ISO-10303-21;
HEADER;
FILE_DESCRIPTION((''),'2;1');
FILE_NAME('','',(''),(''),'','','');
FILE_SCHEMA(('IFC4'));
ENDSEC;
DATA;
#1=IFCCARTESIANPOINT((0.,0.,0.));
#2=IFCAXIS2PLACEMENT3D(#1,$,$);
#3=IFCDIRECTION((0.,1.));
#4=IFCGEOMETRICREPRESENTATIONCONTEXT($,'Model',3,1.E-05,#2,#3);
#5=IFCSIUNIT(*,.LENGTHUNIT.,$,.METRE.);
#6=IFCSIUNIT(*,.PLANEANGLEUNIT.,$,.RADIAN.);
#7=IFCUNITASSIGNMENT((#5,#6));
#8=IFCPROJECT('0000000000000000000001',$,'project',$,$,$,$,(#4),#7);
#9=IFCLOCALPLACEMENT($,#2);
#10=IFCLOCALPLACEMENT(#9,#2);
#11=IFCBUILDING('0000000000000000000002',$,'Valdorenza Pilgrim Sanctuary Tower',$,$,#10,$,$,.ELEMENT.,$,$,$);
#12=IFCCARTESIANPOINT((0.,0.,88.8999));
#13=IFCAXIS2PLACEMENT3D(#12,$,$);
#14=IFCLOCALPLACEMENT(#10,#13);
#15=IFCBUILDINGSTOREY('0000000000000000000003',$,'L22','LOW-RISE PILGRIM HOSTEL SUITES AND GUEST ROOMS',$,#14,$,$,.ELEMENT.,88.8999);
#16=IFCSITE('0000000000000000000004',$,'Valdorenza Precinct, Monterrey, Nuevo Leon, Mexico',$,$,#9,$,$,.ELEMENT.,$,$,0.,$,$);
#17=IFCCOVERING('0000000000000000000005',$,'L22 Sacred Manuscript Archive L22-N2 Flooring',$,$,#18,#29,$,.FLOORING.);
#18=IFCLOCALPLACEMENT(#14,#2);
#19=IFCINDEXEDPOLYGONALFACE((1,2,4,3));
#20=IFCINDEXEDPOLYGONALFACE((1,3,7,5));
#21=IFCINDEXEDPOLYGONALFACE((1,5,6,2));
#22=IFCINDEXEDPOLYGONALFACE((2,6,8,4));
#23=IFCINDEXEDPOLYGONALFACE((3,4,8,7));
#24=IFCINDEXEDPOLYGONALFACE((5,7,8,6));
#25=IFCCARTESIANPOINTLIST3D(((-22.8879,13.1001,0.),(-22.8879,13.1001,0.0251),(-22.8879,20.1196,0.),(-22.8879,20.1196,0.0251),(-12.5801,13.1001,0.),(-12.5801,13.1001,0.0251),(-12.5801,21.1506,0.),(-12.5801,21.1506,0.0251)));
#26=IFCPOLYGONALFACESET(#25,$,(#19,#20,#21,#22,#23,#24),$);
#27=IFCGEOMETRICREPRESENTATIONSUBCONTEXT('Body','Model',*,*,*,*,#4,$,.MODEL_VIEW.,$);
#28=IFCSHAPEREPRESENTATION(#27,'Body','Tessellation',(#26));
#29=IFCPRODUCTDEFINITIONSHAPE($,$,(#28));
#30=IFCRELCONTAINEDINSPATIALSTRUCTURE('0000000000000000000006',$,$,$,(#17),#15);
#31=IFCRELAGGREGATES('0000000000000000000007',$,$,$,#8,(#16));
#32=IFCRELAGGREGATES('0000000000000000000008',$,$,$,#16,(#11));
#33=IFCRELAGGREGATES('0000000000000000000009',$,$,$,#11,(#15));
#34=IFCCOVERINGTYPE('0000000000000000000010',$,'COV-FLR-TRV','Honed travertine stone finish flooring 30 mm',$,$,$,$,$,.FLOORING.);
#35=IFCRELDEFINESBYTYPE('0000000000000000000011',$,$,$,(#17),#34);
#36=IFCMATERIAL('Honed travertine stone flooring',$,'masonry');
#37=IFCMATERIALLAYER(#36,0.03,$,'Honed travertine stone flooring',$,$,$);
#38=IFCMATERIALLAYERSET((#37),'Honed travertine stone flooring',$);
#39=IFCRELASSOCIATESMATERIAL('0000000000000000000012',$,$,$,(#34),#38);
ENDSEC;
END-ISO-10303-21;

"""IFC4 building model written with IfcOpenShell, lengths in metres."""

from ifc_helpers import new_model, si_unit, direction, frame, origin, place, context, subcontext, project, spatial, polyline, outline, extrude, material, layer, layer_set, type_object, element, save


model = new_model("IFC4")

# Units and contexts
model_context = context("Model", 3, precision=1e-05, world=origin(), true_north=direction((0.0, 1.0)))
body_context = subcontext(model_context, "Body", "Model", "MODEL_VIEW")
ifc_project = project(units=[si_unit("LENGTHUNIT", "METRE"), si_unit("PLANEANGLEUNIT", "RADIAN")], contexts=[model_context])

# Site, building, storey
site_placement = place(None, origin())
site = spatial("IfcSite", under=ifc_project, at=site_placement, Name="Valdorenza Precinct, Monterrey, Nuevo Leon, Mexico", CompositionType="ELEMENT", RefElevation=0.0)
building_placement = place(site_placement, origin())
building = spatial("IfcBuilding", under=site, at=building_placement, Name="Valdorenza Pilgrim Sanctuary Tower", CompositionType="ELEMENT")
storey_placement = place(building_placement, frame((0.0, 0.0, 88.8999)))
storey = spatial("IfcBuildingStorey", under=building, at=storey_placement, Name="L22", Description="LOW-RISE PILGRIM HOSTEL SUITES AND GUEST ROOMS", CompositionType="ELEMENT", Elevation=88.8999)

# Covering
ifc_material_1 = material(Name="Honed travertine stone flooring", Category="masonry")
ifc_layer_1 = layer(ifc_material_1, 0.03, Name="Honed travertine stone flooring")
ifc_layer_set_1 = layer_set([ifc_layer_1], Name="Honed travertine stone flooring")
covering_type_1 = type_object("IfcCoveringType", Name="COV-FLR-TRV", Description="Honed travertine stone finish flooring 30 mm", PredefinedType="FLOORING", material=ifc_layer_set_1)
covering_1_placement = place(storey_placement, origin())
element("IfcCovering", 1, at=covering_1_placement, inside=storey, type_object=covering_type_1, Name="L22 Sacred Manuscript Archive L22-N2 Flooring", PredefinedType="FLOORING", context=body_context, shape_type="SweptSolid", body=[
    extrude(outline(polyline([(-22.8879, 13.1001), (-22.8879, 20.1196), (-12.5801, 21.1506), (-12.5801, 13.1001), (-22.8879, 13.1001)])), origin(), (0.0, 0.0, 1.0), 0.0251),
])

save(model, "model.ifc")
